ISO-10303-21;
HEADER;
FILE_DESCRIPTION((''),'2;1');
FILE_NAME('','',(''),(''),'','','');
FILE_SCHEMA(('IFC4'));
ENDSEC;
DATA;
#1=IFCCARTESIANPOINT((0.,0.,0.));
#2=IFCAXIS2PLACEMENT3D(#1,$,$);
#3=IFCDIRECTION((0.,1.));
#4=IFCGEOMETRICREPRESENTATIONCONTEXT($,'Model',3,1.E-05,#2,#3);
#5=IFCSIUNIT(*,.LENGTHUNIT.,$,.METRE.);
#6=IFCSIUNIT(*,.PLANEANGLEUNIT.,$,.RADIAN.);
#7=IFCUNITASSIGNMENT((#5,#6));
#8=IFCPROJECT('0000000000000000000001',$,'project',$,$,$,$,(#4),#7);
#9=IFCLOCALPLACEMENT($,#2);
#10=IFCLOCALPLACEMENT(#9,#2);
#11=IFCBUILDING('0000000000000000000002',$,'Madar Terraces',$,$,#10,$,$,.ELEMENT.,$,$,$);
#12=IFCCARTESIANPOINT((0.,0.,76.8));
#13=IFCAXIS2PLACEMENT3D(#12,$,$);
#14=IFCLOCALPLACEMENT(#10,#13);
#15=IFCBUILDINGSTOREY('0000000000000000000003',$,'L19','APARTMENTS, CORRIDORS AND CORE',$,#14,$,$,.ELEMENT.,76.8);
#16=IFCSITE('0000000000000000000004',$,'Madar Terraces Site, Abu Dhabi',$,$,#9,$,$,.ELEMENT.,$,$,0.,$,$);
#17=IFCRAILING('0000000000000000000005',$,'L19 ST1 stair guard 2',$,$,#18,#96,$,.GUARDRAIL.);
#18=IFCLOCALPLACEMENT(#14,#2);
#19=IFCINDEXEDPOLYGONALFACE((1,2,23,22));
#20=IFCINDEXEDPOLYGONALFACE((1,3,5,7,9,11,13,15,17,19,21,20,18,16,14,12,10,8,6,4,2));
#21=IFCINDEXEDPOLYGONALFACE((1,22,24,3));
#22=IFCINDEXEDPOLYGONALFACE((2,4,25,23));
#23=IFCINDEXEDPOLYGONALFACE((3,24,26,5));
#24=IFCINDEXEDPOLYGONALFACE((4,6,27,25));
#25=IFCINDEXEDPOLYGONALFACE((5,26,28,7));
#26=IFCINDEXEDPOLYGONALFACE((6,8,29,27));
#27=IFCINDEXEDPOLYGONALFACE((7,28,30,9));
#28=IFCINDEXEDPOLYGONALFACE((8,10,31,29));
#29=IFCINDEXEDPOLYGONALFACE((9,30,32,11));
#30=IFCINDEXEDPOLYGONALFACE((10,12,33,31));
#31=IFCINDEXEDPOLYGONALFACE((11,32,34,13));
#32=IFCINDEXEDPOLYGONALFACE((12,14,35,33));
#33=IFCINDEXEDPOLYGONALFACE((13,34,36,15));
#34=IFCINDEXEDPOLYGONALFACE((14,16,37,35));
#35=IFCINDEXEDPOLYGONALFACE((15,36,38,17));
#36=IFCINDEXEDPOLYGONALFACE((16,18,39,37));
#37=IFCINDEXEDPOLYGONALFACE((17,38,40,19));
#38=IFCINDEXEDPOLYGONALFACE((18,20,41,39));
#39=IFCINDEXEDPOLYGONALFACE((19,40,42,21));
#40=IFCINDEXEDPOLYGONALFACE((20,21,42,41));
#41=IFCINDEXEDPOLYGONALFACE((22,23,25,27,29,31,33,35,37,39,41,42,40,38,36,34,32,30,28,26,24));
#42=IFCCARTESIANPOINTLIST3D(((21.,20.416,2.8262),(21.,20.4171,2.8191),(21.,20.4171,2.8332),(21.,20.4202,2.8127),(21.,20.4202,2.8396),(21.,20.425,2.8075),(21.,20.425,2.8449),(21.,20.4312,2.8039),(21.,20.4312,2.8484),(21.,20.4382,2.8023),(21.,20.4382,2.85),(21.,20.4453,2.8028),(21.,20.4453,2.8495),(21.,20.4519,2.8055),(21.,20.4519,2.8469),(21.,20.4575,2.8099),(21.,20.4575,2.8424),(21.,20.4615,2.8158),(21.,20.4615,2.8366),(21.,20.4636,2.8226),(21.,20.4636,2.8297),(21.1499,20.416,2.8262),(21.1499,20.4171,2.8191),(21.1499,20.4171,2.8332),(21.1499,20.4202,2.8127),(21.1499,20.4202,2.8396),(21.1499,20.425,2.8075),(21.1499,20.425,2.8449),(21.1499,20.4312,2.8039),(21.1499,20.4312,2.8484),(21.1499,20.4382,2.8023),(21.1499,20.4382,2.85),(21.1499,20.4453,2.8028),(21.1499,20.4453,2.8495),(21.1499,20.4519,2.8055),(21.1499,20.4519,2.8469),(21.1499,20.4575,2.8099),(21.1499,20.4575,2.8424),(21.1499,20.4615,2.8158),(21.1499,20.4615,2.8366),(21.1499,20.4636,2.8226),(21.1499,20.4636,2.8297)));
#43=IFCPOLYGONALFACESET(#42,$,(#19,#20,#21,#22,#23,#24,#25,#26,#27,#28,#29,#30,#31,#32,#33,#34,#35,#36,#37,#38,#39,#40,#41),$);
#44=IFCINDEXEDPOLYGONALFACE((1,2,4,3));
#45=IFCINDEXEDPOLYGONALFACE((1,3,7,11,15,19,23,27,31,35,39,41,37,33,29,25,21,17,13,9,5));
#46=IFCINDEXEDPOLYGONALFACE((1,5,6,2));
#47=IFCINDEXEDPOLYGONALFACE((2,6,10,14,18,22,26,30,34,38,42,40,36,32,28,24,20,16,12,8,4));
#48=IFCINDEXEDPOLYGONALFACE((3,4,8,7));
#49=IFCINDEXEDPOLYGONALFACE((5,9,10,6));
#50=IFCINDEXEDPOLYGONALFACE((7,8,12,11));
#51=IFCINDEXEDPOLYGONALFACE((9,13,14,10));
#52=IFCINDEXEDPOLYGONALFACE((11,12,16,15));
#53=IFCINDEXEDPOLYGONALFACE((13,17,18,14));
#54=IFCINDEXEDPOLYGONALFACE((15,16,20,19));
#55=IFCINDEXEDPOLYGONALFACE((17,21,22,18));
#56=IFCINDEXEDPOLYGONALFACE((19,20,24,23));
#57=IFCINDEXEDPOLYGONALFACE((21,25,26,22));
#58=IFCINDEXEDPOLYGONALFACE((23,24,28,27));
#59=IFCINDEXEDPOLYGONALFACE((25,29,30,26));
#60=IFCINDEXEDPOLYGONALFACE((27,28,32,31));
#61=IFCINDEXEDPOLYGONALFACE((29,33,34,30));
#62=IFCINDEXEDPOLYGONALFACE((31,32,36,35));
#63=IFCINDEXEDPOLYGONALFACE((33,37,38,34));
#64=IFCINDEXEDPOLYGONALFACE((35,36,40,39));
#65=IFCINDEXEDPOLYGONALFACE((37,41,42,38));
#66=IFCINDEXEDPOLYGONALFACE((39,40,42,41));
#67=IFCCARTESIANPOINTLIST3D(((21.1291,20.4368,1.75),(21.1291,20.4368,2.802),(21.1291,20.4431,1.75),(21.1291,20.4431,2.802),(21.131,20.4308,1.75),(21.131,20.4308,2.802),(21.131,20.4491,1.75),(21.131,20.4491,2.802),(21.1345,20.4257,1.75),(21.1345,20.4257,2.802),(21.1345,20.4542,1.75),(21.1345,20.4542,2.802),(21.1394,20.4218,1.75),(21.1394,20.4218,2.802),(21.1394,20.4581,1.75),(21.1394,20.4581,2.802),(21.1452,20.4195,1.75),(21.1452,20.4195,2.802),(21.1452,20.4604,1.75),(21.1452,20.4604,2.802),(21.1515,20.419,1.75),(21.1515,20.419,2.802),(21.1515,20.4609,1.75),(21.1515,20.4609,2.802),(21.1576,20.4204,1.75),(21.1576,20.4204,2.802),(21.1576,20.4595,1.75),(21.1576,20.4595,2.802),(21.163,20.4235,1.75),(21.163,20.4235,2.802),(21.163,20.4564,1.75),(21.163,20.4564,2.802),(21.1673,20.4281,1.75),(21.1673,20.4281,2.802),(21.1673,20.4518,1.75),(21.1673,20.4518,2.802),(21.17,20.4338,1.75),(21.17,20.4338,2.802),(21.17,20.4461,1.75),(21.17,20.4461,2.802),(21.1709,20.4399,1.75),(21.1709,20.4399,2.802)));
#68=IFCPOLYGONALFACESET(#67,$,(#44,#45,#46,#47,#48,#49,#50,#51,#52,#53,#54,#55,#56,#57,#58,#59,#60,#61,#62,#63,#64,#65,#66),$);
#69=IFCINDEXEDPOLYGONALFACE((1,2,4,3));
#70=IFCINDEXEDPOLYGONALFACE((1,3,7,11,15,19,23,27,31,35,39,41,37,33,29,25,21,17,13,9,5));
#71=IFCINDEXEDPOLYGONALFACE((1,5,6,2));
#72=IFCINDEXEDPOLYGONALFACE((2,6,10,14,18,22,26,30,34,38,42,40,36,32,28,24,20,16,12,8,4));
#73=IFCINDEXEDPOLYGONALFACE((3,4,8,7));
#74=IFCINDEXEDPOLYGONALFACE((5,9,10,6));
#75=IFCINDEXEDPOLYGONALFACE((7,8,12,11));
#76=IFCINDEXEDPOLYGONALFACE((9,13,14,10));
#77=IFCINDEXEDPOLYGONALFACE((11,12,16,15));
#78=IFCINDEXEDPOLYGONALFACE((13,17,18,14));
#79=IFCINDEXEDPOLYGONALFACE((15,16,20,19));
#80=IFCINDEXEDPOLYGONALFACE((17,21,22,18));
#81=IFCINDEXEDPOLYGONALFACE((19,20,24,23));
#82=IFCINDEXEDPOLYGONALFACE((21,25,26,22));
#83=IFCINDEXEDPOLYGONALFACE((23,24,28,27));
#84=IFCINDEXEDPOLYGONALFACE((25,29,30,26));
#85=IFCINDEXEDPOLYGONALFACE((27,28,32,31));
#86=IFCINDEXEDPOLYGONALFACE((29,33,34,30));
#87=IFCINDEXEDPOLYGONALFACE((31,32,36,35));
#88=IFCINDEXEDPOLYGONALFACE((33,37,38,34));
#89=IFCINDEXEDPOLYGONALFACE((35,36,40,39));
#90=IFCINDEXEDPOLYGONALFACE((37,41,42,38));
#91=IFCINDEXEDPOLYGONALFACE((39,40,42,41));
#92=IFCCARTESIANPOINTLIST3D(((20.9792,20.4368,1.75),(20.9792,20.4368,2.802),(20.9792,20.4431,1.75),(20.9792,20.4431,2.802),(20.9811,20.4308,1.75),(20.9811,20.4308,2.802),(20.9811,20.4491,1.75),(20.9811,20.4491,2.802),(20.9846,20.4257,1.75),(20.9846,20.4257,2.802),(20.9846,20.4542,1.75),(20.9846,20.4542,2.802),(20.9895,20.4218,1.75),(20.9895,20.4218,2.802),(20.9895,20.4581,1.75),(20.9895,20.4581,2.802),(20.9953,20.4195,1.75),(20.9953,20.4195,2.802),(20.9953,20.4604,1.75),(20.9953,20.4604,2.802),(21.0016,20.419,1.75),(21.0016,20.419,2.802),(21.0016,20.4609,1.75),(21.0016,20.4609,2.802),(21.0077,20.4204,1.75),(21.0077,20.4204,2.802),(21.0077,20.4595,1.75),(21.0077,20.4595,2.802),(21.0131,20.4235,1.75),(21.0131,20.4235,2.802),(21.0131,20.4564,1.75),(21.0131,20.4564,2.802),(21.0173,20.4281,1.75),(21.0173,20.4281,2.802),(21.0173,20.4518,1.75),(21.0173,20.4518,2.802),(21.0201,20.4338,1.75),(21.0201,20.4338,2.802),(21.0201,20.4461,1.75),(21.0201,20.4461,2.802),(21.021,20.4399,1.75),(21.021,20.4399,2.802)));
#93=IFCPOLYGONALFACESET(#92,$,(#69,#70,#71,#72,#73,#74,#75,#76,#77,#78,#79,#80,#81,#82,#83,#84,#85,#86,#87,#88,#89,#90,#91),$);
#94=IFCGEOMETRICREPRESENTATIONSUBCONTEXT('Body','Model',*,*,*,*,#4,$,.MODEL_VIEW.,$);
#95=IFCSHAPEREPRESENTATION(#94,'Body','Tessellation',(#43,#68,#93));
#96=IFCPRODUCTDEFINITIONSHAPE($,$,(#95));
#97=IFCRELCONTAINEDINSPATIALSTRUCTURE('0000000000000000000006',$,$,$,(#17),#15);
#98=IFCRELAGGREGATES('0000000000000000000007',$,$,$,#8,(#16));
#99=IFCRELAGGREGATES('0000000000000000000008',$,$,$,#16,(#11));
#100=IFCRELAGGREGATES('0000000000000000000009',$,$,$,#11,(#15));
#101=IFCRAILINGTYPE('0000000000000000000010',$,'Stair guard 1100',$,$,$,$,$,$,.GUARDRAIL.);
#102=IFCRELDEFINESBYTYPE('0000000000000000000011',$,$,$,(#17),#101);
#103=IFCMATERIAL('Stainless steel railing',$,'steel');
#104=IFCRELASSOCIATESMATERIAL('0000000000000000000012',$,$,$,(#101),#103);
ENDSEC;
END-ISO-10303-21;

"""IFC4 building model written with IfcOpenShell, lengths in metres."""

from ifc_helpers import new_model, si_unit, direction, frame, origin, origin_2d, place, context, subcontext, project, spatial, circle, extrude, material, type_object, element, save


model = new_model("IFC4")

# Units and contexts
model_context = context("Model", 3, precision=1e-05, world=origin(), true_north=direction((0.0, 1.0)))
body_context = subcontext(model_context, "Body", "Model", "MODEL_VIEW")
ifc_project = project(units=[si_unit("LENGTHUNIT", "METRE"), si_unit("PLANEANGLEUNIT", "RADIAN")], contexts=[model_context])

# Site, building, storey
site_placement = place(None, origin())
site = spatial("IfcSite", under=ifc_project, at=site_placement, Name="Madar Terraces Site, Abu Dhabi", CompositionType="ELEMENT", RefElevation=0.0)
building_placement = place(site_placement, origin())
building = spatial("IfcBuilding", under=site, at=building_placement, Name="Madar Terraces", CompositionType="ELEMENT")
storey_placement = place(building_placement, frame((0.0, 0.0, 76.8)))
storey = spatial("IfcBuildingStorey", under=building, at=storey_placement, Name="L19", Description="APARTMENTS, CORRIDORS AND CORE", CompositionType="ELEMENT", Elevation=76.8)

# Railing
ifc_material_1 = material(Name="Stainless steel railing", Category="steel")
railing_type_1 = type_object("IfcRailingType", Name="Stair guard 1100", PredefinedType="GUARDRAIL", material=ifc_material_1)
railing_1_placement = place(storey_placement, frame((21.1499, 20.4399, 1.75)))
element("IfcRailing", 1, at=railing_1_placement, inside=storey, type_object=railing_type_1, Name="L19 ST1 stair guard 2", PredefinedType="GUARDRAIL", context=body_context, shape_type="SweptSolid", body=[
    extrude(circle(Radius=0.0239, at=origin_2d()), frame((0.0, 0.0, 1.0762), z_axis=(-1.0, 0.0, 0.0), x_axis=(0.0, -1.0, 0.0)), (0.0, 0.0, 1.0), 0.1499),
    extrude(circle(Radius=0.021, at=origin_2d()), origin(), (0.0, 0.0, 1.0), 1.052),
    extrude(circle(Radius=0.021, at=origin_2d()), frame((-0.1499, 0.0, 0.0)), (0.0, 0.0, 1.0), 1.052),
])

save(model, "model.ifc")
